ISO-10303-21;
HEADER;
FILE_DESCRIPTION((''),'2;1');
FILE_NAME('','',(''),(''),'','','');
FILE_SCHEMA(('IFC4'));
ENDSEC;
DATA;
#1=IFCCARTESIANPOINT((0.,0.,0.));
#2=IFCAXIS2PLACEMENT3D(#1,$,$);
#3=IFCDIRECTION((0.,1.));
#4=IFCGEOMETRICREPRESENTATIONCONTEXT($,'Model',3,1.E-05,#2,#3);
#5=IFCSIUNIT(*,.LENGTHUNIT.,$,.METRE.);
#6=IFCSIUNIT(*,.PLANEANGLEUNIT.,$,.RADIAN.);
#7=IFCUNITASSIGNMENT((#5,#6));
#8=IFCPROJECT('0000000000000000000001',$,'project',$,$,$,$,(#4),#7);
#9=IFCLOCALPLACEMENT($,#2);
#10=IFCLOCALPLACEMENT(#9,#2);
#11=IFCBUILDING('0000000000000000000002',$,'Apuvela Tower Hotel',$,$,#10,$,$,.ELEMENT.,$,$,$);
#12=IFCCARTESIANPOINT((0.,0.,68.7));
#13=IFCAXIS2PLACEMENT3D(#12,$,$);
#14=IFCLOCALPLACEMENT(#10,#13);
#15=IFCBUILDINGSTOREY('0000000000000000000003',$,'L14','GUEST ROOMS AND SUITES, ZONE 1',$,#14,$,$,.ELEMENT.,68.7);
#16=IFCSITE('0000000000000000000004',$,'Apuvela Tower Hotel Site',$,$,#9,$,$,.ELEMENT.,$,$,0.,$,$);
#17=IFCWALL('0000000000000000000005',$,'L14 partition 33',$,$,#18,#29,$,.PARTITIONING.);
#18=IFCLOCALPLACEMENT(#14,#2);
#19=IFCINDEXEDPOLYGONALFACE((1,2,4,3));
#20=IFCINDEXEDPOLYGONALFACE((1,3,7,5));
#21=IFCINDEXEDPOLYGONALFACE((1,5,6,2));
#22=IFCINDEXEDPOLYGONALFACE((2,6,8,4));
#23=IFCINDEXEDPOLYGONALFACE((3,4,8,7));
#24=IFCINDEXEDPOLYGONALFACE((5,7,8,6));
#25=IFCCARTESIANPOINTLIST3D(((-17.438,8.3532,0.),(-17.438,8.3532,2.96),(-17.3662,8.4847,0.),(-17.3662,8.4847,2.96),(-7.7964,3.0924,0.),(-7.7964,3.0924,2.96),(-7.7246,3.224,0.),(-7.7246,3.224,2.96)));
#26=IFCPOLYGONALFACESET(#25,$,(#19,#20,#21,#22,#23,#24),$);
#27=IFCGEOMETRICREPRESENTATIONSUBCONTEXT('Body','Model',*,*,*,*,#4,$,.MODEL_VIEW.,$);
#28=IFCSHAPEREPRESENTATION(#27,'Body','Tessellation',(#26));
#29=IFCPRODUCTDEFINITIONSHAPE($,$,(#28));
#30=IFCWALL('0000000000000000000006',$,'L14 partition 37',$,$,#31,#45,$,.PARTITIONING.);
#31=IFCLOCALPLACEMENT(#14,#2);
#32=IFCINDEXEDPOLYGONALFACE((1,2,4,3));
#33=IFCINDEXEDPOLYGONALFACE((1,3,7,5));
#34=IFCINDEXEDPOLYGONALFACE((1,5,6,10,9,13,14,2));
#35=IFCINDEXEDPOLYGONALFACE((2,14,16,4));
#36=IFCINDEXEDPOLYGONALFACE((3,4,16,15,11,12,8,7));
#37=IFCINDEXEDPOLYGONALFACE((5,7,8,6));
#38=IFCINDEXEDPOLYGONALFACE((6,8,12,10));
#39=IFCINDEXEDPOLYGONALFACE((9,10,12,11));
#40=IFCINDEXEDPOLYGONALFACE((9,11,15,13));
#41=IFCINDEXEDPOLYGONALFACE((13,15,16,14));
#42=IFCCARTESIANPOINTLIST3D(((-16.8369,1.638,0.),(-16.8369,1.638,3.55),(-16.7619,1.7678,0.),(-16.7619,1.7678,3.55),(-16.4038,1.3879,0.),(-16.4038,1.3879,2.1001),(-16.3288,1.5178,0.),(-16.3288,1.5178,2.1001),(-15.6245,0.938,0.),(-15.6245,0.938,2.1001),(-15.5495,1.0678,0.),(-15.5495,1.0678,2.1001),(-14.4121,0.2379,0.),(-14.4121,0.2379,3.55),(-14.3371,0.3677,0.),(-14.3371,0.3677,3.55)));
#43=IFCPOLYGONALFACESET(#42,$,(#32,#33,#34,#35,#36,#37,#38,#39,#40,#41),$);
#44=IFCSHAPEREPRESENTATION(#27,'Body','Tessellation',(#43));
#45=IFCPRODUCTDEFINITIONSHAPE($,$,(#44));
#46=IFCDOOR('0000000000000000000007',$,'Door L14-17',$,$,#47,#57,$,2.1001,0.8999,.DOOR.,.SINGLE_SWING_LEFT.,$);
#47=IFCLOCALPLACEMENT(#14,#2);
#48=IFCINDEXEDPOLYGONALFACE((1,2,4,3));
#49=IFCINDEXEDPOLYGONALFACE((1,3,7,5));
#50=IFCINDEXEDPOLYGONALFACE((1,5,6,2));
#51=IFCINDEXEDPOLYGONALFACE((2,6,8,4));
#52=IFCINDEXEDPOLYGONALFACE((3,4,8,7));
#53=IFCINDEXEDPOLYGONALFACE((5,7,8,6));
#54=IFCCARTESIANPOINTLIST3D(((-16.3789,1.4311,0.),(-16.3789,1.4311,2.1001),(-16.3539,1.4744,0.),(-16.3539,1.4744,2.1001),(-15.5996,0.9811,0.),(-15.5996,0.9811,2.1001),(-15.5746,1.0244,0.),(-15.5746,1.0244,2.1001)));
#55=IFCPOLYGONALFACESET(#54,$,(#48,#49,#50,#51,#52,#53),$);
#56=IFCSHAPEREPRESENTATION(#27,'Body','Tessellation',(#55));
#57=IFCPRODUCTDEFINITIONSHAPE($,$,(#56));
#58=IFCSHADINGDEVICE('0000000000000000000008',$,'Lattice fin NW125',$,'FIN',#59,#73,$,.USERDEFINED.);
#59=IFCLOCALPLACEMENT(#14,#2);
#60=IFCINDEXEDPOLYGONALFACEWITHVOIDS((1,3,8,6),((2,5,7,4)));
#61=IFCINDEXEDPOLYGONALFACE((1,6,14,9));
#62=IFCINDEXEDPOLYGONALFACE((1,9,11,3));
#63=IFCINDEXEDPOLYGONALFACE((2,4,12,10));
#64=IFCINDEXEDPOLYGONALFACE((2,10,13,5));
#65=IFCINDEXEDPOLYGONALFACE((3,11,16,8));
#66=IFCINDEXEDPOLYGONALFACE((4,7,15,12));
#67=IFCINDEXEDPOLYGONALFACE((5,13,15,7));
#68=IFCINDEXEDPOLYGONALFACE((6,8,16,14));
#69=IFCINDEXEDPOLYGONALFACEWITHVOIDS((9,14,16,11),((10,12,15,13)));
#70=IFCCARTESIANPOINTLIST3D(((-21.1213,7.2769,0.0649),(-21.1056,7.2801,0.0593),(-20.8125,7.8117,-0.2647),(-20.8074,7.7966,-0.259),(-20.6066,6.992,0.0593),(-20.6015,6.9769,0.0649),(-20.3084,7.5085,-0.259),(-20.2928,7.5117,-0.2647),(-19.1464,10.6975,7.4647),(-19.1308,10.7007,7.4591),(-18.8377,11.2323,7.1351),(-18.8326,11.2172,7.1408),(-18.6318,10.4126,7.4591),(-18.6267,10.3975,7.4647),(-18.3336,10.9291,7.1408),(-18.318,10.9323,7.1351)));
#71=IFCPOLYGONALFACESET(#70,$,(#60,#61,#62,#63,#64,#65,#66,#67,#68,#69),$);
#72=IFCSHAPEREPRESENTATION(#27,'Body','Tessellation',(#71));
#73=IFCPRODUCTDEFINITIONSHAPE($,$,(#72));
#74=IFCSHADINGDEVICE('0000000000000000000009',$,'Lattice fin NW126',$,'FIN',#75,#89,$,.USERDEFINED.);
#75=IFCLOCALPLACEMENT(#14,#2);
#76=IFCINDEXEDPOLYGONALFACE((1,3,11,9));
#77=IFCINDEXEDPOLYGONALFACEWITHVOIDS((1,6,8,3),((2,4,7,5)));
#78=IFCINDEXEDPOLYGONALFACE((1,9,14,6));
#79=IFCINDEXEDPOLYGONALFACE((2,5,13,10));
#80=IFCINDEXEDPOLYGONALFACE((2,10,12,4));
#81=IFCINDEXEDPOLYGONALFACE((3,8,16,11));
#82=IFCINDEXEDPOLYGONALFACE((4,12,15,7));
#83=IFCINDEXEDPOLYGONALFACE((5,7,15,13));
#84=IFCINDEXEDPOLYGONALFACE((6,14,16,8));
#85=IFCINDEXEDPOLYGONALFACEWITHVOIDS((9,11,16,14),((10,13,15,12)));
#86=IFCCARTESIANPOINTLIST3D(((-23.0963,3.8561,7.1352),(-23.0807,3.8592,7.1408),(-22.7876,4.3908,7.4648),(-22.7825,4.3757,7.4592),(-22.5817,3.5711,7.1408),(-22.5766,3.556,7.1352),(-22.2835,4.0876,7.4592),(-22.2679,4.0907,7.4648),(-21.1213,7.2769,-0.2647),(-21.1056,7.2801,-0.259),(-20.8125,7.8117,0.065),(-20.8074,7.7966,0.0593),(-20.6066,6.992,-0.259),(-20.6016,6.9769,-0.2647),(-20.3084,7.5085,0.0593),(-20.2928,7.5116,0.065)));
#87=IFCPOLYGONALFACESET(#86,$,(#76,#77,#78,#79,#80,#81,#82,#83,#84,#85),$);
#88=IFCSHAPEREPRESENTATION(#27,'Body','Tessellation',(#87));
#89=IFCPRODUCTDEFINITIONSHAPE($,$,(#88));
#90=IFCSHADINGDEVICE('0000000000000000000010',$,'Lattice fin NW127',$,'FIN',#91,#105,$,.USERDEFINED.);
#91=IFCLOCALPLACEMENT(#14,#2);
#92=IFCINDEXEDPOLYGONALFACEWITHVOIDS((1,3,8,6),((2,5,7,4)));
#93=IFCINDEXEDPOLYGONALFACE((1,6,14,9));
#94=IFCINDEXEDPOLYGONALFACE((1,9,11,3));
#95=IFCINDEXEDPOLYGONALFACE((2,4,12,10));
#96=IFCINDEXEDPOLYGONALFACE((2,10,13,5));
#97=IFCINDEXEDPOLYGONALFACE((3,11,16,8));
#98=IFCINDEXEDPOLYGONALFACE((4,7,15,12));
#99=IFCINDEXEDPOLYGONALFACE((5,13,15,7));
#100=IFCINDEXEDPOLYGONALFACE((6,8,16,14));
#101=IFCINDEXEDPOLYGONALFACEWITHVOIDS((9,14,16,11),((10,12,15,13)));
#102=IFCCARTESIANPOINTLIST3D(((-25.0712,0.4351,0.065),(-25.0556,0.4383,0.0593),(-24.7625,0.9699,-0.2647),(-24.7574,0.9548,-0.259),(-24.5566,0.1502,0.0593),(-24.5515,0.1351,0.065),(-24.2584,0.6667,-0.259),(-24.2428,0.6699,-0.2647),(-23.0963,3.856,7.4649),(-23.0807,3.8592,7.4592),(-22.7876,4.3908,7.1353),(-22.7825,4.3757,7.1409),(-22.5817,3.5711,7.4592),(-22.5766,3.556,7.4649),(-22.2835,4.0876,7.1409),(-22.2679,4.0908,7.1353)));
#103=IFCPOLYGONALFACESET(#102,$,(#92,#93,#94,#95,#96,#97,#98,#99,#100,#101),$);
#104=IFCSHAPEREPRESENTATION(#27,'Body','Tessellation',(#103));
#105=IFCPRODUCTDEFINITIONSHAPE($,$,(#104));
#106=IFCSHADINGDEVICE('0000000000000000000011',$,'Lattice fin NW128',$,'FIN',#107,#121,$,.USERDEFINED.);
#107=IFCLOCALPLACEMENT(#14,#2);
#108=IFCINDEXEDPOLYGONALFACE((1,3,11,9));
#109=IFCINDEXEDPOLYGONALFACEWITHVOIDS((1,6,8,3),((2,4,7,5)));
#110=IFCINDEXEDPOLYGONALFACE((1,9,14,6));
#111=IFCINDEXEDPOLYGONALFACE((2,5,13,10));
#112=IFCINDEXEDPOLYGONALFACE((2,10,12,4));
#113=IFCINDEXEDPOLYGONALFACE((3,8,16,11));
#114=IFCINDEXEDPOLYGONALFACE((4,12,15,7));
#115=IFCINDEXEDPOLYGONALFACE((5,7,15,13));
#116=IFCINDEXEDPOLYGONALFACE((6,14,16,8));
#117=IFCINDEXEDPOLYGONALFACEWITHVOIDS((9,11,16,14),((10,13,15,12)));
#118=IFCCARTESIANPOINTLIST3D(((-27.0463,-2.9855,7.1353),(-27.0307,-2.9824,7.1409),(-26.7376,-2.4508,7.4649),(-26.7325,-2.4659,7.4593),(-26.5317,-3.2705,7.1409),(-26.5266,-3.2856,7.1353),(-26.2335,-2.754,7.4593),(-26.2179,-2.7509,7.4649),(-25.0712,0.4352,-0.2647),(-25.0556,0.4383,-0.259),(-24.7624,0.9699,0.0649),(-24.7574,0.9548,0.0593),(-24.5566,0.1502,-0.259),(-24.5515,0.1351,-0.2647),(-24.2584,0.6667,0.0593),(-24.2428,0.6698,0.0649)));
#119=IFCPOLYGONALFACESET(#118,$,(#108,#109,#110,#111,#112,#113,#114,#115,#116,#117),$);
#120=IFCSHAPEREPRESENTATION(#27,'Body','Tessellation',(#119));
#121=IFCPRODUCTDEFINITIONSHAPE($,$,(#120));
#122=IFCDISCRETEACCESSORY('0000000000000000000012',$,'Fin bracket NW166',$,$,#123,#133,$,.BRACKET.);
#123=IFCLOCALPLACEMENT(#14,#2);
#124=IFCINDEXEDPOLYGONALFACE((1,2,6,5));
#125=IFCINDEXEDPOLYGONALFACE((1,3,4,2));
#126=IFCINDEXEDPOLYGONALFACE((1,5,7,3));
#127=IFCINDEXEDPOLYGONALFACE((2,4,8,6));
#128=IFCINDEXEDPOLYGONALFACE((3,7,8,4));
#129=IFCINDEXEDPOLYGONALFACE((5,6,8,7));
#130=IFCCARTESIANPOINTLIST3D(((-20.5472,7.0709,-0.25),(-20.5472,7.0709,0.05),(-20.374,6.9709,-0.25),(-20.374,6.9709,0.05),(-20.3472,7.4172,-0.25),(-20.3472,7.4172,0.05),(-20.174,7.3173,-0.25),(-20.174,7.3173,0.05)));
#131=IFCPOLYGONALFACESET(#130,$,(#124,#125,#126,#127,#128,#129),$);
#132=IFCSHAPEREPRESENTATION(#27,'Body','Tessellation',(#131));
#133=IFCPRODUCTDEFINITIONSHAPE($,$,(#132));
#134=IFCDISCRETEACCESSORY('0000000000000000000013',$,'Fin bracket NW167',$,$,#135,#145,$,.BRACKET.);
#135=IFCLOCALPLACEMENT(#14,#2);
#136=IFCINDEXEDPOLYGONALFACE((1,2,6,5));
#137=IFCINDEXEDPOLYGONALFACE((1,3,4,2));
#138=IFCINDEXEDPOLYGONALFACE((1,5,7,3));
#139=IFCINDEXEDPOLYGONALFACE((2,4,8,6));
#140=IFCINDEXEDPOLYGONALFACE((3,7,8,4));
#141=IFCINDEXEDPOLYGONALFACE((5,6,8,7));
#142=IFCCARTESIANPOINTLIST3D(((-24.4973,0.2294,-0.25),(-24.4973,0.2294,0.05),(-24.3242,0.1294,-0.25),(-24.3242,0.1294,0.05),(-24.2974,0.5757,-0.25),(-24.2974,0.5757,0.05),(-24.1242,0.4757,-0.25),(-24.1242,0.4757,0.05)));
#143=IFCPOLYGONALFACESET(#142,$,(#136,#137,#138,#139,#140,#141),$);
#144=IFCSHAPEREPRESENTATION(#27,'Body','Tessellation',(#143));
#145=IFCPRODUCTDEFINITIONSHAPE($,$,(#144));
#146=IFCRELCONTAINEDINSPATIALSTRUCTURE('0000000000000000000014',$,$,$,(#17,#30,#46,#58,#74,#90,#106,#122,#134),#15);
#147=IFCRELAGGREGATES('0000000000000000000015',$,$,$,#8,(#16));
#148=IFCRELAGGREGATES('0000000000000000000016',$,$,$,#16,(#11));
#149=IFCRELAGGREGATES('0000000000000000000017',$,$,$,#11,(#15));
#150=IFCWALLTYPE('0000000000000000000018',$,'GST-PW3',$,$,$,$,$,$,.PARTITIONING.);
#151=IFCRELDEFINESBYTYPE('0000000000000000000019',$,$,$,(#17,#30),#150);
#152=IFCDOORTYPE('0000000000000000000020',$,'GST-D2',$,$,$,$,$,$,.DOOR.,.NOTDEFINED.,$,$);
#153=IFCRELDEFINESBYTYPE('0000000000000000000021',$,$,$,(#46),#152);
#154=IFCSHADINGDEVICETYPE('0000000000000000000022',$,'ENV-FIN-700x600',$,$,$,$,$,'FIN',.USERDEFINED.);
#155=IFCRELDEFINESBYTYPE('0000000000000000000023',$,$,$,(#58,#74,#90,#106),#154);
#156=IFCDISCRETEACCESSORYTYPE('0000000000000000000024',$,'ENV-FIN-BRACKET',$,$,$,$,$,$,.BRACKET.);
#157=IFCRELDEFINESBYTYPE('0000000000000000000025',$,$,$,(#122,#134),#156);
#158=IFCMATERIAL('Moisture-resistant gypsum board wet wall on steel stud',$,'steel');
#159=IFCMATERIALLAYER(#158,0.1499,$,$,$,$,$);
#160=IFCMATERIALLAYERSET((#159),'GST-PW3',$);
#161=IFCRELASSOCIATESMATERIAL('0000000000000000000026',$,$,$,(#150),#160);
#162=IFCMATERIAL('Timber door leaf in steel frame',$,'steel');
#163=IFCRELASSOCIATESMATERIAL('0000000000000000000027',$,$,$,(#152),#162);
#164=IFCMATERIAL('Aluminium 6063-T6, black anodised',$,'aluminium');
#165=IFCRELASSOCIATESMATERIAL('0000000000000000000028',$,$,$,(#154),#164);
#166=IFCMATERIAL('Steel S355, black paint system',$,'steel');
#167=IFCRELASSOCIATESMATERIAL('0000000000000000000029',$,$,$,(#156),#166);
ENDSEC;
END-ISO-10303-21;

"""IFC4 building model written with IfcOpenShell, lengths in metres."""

from ifc_helpers import new_model, si_unit, direction, frame, frame_2d, origin, origin_2d, place, context, subcontext, project, spatial, rectangle, hollow_rectangle, extrude, material, layer, layer_set, material_profile, profile_set, type_object, element, fill, save


model = new_model("IFC4")

# Units and contexts
model_context = context("Model", 3, precision=1e-05, world=origin(), true_north=direction((0.0, 1.0)))
body_context = subcontext(model_context, "Body", "Model", "MODEL_VIEW")
ifc_project = project(units=[si_unit("LENGTHUNIT", "METRE"), si_unit("PLANEANGLEUNIT", "RADIAN")], contexts=[model_context])

# Site, building, storey
site_placement = place(None, origin())
site = spatial("IfcSite", under=ifc_project, at=site_placement, Name="Apuvela Tower Hotel Site", CompositionType="ELEMENT", RefElevation=0.0)
building_placement = place(site_placement, origin())
building = spatial("IfcBuilding", under=site, at=building_placement, Name="Apuvela Tower Hotel", CompositionType="ELEMENT")
storey_placement = place(building_placement, frame((0.0, 0.0, 68.7)))
storey = spatial("IfcBuildingStorey", under=building, at=storey_placement, Name="L14", Description="GUEST ROOMS AND SUITES, ZONE 1", CompositionType="ELEMENT", Elevation=68.7)

# Wall
ifc_material_1 = material(Name="Moisture-resistant gypsum board wet wall on steel stud", Category="steel")
ifc_layer_1 = layer(ifc_material_1, 0.1499)
ifc_layer_set_1 = layer_set([ifc_layer_1], Name="GST-PW3")
wall_type_1 = type_object("IfcWallType", Name="GST-PW3", PredefinedType="PARTITIONING", material=ifc_layer_set_1)
wall_1_placement = place(storey_placement, frame((-17.4021, 8.4189, 0.0), z_axis=(0.0, 0.0, 1.0), x_axis=(0.877831, -0.47897, 0.0)))
element("IfcWall", 1, at=wall_1_placement, inside=storey, type_object=wall_type_1, Name="L14 partition 33", PredefinedType="PARTITIONING", context=body_context, shape_type="SweptSolid", body=[
    extrude(rectangle(XDim=10.9834, YDim=0.1499, at=frame_2d((5.4917, 0.0))), origin(), (0.0, 0.0, 1.0), 2.96),
])

# Wall, opening, door
wall_2_placement = place(storey_placement, frame((-16.7993, 1.7029, 0.0), z_axis=(0.0, 0.0, 1.0), x_axis=(0.865997, -0.50005, 0.0)))
wall_2 = element("IfcWall", 2, at=wall_2_placement, inside=storey, type_object=wall_type_1, Name="L14 partition 37", PredefinedType="PARTITIONING", context=body_context, shape_type="SweptSolid", body=[
    extrude(rectangle(XDim=2.8, YDim=0.1499, at=frame_2d((1.3999, 0.0))), origin(), (0.0, 0.0, 1.0), 3.55),
])
opening_1_placement = place(wall_2_placement, frame((0.5, 0.0, 0.0)))
opening_1 = element("IfcOpeningElement", 3, at=opening_1_placement, cuts=wall_2, PredefinedType="OPENING", context=body_context, shape_type="SweptSolid", body=[
    extrude(rectangle(XDim=0.8999, YDim=2.1001, at=frame_2d((0.45, 1.05))), frame((0.0, 0.085, 0.0), z_axis=(0.0, -1.0, 0.0), x_axis=(1.0, 0.0, 0.0)), (0.0, 0.0, 1.0), 0.1699),
])
ifc_material_2 = material(Name="Timber door leaf in steel frame", Category="steel")
door_type_1 = type_object("IfcDoorType", Name="GST-D2", OperationType="NOTDEFINED", PredefinedType="DOOR", material=ifc_material_2)
door_1_placement = place(opening_1_placement, origin())
door_1 = element("IfcDoor", 4, at=door_1_placement, inside=storey, type_object=door_type_1, Name="Door L14-17", OperationType="SINGLE_SWING_LEFT", OverallHeight=2.1001, OverallWidth=0.8999, PredefinedType="DOOR", context=body_context, shape_type="SweptSolid", body=[
    extrude(rectangle(XDim=0.8999, YDim=2.1001, at=frame_2d((0.45, 1.05))), frame((0.0, 0.0249, 0.0), z_axis=(0.0, -1.0, 0.0), x_axis=(1.0, 0.0, 0.0)), (0.0, 0.0, 1.0), 0.05),
])
fill(opening_1, door_1)

# Shading devices
ifc_material_3 = material(Name="Aluminium 6063-T6, black anodised", Category="aluminium")
ifc_material_profile_1 = material_profile(ifc_material_3, hollow_rectangle(XDim=0.6001, YDim=0.7, WallThickness=0.012, at=origin_2d()), Name="AL BOX 700x600x12")
ifc_profile_set_1 = profile_set([ifc_material_profile_1], Name="Aluminium 6063-T6, black anodised")
shading_device_type = type_object("IfcShadingDeviceType", Name="ENV-FIN-700x600", ElementType="FIN", PredefinedType="USERDEFINED", material=ifc_profile_set_1)
shading_device_placement = place(storey_placement, frame((-20.707, 7.3943, -0.0999), z_axis=(0.235436, 0.407801, 0.882195), x_axis=(-0.866032, 0.499988, 0.0)))
element("IfcShadingDevice", 5, at=shading_device_placement, inside=storey, type_object=shading_device_type, Name="Lattice fin NW125", ObjectType="FIN", PredefinedType="USERDEFINED", context=body_context, shape_type="SweptSolid", body=[
    extrude(hollow_rectangle(XDim=0.6001, YDim=0.7, WallThickness=0.012, at=origin_2d()), origin(), (0.0, 0.0, 1.0), 8.3879),
])
for number, where, z_axis, x_axis, name in (
    (6, (-20.707, 7.3943, -0.0999), (-0.235461, -0.407822, 0.882179), (0.866021, -0.500008, 0.0), "Lattice fin NW126"),
    (7, (-24.657, 0.5525, -0.0999), (0.235434, 0.407825, 0.882185), (-0.866048, 0.499961, 0.0), "Lattice fin NW127"),
    (8, (-24.657, 0.5525, -0.0999), (-0.235464, -0.407798, 0.882189), (0.866005, -0.500035, 0.0), "Lattice fin NW128"),
):
    element("IfcShadingDevice", number, at=place(storey_placement, frame(where, z_axis=z_axis, x_axis=x_axis)), inside=storey, type_object=shading_device_type, Name=name, ObjectType="FIN", PredefinedType="USERDEFINED", context=body_context, shape_type="SweptSolid", body=[
        extrude(hollow_rectangle(XDim=0.6001, YDim=0.7, WallThickness=0.012, at=origin_2d()), origin(), (0.0, 0.0, 1.0), 8.3882),
    ])

# Discrete accessories
ifc_material_4 = material(Name="Steel S355, black paint system", Category="steel")
discrete_accessory_type = type_object("IfcDiscreteAccessoryType", Name="ENV-FIN-BRACKET", PredefinedType="BRACKET", material=ifc_material_4)
for number, where, z_axis, x_axis, name in (
    (9, (-20.3606, 7.1941, -0.25), (0.0, 0.0, 1.0), (-0.5, -0.866025, 0.0), "Fin bracket NW166"),
    (10, (-24.3108, 0.3525, -0.25), (0.0, 0.0, 1.0), (-0.5, -0.866025, 0.0), "Fin bracket NW167"),
):
    element("IfcDiscreteAccessory", number, at=place(storey_placement, frame(where, z_axis=z_axis, x_axis=x_axis)), inside=storey, type_object=discrete_accessory_type, Name=name, PredefinedType="BRACKET", context=body_context, shape_type="SweptSolid", body=[
        extrude(rectangle(XDim=0.3999, YDim=0.2, at=origin_2d()), origin(), (0.0, 0.0, 1.0), 0.3),
    ])

save(model, "model.ifc")
